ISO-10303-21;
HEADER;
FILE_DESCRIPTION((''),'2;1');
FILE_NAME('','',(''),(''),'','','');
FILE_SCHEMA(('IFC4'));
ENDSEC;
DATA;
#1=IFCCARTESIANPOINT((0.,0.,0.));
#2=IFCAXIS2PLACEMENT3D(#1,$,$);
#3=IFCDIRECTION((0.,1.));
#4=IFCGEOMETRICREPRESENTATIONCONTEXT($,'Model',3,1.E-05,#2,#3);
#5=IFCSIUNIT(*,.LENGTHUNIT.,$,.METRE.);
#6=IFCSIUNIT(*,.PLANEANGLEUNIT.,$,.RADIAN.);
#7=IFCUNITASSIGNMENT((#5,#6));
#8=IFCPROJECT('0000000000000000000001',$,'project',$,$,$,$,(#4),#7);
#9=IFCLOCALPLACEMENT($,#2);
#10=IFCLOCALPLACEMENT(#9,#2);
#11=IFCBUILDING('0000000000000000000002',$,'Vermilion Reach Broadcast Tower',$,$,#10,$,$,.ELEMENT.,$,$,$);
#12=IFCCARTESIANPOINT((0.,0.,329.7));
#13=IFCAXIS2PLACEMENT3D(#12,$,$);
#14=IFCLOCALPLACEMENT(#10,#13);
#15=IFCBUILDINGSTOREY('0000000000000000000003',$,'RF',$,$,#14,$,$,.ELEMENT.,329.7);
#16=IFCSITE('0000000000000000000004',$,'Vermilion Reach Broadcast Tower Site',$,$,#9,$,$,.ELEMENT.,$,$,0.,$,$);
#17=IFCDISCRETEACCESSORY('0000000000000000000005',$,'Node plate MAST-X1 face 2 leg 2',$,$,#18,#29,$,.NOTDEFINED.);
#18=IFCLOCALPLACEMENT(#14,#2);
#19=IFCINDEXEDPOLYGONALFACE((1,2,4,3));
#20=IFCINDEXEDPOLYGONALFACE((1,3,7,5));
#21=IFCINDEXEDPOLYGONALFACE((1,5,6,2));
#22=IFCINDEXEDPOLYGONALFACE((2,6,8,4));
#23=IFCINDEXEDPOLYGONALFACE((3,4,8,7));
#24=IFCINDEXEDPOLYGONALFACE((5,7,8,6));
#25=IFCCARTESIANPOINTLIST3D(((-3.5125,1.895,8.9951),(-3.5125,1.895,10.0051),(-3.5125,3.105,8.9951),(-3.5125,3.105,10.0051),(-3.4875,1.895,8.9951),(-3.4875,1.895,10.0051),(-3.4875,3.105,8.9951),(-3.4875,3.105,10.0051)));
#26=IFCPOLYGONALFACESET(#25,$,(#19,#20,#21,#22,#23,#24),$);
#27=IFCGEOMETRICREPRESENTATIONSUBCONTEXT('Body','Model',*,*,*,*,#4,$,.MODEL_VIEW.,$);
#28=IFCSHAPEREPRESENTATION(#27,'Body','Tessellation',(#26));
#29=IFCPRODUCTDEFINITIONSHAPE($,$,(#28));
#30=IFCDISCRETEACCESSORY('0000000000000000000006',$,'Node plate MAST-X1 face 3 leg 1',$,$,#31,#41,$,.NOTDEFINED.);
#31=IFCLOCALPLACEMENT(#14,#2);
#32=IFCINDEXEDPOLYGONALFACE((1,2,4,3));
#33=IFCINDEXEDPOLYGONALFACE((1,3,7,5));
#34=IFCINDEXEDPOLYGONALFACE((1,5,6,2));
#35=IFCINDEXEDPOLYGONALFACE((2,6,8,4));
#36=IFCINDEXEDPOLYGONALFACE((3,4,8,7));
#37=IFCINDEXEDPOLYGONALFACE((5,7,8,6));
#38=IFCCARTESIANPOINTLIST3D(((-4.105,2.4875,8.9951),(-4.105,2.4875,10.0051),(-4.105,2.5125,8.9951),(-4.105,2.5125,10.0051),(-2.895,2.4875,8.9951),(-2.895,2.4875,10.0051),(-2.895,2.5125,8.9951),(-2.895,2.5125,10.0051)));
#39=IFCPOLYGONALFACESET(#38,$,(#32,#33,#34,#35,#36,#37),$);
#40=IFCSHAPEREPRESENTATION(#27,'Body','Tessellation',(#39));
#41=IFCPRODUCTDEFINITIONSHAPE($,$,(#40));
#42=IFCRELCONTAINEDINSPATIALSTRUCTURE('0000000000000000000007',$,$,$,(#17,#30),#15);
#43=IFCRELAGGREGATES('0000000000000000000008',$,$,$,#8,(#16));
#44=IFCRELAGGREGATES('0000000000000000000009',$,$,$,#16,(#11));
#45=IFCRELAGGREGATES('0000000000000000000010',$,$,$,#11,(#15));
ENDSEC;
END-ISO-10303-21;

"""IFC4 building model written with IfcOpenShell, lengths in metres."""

from ifc_helpers import new_model, si_unit, direction, frame, origin, origin_2d, place, context, subcontext, project, spatial, rectangle, extrude, element, save


model = new_model("IFC4")

# Units and contexts
model_context = context("Model", 3, precision=1e-05, world=origin(), true_north=direction((0.0, 1.0)))
body_context = subcontext(model_context, "Body", "Model", "MODEL_VIEW")
ifc_project = project(units=[si_unit("LENGTHUNIT", "METRE"), si_unit("PLANEANGLEUNIT", "RADIAN")], contexts=[model_context])

# Site, building, storey
site_placement = place(None, origin())
site = spatial("IfcSite", under=ifc_project, at=site_placement, Name="Vermilion Reach Broadcast Tower Site", CompositionType="ELEMENT", RefElevation=0.0)
building_placement = place(site_placement, origin())
building = spatial("IfcBuilding", under=site, at=building_placement, Name="Vermilion Reach Broadcast Tower", CompositionType="ELEMENT")
storey_placement = place(building_placement, frame((0.0, 0.0, 329.7)))
storey = spatial("IfcBuildingStorey", under=building, at=storey_placement, Name="RF", CompositionType="ELEMENT", Elevation=329.7)

# Discrete accessories
for number, where, z_axis, x_axis, name in (
    (1, (-3.5, 2.5, 8.9951), (0.0, 0.0, 1.0), (-1.0, 0.0, 0.0), "Node plate MAST-X1 face 2 leg 2"),
    (2, (-3.5, 2.5, 8.9951), (0.0, 0.0, 1.0), (0.0, -1.0, 0.0), "Node plate MAST-X1 face 3 leg 1"),
):
    element("IfcDiscreteAccessory", number, at=place(storey_placement, frame(where, z_axis=z_axis, x_axis=x_axis)), inside=storey, Name=name, PredefinedType="NOTDEFINED", context=body_context, shape_type="SweptSolid", body=[
        extrude(rectangle(XDim=0.0249, YDim=1.21, at=origin_2d()), origin(), (0.0, 0.0, 1.0), 1.01),
    ])

save(model, "model.ifc")
